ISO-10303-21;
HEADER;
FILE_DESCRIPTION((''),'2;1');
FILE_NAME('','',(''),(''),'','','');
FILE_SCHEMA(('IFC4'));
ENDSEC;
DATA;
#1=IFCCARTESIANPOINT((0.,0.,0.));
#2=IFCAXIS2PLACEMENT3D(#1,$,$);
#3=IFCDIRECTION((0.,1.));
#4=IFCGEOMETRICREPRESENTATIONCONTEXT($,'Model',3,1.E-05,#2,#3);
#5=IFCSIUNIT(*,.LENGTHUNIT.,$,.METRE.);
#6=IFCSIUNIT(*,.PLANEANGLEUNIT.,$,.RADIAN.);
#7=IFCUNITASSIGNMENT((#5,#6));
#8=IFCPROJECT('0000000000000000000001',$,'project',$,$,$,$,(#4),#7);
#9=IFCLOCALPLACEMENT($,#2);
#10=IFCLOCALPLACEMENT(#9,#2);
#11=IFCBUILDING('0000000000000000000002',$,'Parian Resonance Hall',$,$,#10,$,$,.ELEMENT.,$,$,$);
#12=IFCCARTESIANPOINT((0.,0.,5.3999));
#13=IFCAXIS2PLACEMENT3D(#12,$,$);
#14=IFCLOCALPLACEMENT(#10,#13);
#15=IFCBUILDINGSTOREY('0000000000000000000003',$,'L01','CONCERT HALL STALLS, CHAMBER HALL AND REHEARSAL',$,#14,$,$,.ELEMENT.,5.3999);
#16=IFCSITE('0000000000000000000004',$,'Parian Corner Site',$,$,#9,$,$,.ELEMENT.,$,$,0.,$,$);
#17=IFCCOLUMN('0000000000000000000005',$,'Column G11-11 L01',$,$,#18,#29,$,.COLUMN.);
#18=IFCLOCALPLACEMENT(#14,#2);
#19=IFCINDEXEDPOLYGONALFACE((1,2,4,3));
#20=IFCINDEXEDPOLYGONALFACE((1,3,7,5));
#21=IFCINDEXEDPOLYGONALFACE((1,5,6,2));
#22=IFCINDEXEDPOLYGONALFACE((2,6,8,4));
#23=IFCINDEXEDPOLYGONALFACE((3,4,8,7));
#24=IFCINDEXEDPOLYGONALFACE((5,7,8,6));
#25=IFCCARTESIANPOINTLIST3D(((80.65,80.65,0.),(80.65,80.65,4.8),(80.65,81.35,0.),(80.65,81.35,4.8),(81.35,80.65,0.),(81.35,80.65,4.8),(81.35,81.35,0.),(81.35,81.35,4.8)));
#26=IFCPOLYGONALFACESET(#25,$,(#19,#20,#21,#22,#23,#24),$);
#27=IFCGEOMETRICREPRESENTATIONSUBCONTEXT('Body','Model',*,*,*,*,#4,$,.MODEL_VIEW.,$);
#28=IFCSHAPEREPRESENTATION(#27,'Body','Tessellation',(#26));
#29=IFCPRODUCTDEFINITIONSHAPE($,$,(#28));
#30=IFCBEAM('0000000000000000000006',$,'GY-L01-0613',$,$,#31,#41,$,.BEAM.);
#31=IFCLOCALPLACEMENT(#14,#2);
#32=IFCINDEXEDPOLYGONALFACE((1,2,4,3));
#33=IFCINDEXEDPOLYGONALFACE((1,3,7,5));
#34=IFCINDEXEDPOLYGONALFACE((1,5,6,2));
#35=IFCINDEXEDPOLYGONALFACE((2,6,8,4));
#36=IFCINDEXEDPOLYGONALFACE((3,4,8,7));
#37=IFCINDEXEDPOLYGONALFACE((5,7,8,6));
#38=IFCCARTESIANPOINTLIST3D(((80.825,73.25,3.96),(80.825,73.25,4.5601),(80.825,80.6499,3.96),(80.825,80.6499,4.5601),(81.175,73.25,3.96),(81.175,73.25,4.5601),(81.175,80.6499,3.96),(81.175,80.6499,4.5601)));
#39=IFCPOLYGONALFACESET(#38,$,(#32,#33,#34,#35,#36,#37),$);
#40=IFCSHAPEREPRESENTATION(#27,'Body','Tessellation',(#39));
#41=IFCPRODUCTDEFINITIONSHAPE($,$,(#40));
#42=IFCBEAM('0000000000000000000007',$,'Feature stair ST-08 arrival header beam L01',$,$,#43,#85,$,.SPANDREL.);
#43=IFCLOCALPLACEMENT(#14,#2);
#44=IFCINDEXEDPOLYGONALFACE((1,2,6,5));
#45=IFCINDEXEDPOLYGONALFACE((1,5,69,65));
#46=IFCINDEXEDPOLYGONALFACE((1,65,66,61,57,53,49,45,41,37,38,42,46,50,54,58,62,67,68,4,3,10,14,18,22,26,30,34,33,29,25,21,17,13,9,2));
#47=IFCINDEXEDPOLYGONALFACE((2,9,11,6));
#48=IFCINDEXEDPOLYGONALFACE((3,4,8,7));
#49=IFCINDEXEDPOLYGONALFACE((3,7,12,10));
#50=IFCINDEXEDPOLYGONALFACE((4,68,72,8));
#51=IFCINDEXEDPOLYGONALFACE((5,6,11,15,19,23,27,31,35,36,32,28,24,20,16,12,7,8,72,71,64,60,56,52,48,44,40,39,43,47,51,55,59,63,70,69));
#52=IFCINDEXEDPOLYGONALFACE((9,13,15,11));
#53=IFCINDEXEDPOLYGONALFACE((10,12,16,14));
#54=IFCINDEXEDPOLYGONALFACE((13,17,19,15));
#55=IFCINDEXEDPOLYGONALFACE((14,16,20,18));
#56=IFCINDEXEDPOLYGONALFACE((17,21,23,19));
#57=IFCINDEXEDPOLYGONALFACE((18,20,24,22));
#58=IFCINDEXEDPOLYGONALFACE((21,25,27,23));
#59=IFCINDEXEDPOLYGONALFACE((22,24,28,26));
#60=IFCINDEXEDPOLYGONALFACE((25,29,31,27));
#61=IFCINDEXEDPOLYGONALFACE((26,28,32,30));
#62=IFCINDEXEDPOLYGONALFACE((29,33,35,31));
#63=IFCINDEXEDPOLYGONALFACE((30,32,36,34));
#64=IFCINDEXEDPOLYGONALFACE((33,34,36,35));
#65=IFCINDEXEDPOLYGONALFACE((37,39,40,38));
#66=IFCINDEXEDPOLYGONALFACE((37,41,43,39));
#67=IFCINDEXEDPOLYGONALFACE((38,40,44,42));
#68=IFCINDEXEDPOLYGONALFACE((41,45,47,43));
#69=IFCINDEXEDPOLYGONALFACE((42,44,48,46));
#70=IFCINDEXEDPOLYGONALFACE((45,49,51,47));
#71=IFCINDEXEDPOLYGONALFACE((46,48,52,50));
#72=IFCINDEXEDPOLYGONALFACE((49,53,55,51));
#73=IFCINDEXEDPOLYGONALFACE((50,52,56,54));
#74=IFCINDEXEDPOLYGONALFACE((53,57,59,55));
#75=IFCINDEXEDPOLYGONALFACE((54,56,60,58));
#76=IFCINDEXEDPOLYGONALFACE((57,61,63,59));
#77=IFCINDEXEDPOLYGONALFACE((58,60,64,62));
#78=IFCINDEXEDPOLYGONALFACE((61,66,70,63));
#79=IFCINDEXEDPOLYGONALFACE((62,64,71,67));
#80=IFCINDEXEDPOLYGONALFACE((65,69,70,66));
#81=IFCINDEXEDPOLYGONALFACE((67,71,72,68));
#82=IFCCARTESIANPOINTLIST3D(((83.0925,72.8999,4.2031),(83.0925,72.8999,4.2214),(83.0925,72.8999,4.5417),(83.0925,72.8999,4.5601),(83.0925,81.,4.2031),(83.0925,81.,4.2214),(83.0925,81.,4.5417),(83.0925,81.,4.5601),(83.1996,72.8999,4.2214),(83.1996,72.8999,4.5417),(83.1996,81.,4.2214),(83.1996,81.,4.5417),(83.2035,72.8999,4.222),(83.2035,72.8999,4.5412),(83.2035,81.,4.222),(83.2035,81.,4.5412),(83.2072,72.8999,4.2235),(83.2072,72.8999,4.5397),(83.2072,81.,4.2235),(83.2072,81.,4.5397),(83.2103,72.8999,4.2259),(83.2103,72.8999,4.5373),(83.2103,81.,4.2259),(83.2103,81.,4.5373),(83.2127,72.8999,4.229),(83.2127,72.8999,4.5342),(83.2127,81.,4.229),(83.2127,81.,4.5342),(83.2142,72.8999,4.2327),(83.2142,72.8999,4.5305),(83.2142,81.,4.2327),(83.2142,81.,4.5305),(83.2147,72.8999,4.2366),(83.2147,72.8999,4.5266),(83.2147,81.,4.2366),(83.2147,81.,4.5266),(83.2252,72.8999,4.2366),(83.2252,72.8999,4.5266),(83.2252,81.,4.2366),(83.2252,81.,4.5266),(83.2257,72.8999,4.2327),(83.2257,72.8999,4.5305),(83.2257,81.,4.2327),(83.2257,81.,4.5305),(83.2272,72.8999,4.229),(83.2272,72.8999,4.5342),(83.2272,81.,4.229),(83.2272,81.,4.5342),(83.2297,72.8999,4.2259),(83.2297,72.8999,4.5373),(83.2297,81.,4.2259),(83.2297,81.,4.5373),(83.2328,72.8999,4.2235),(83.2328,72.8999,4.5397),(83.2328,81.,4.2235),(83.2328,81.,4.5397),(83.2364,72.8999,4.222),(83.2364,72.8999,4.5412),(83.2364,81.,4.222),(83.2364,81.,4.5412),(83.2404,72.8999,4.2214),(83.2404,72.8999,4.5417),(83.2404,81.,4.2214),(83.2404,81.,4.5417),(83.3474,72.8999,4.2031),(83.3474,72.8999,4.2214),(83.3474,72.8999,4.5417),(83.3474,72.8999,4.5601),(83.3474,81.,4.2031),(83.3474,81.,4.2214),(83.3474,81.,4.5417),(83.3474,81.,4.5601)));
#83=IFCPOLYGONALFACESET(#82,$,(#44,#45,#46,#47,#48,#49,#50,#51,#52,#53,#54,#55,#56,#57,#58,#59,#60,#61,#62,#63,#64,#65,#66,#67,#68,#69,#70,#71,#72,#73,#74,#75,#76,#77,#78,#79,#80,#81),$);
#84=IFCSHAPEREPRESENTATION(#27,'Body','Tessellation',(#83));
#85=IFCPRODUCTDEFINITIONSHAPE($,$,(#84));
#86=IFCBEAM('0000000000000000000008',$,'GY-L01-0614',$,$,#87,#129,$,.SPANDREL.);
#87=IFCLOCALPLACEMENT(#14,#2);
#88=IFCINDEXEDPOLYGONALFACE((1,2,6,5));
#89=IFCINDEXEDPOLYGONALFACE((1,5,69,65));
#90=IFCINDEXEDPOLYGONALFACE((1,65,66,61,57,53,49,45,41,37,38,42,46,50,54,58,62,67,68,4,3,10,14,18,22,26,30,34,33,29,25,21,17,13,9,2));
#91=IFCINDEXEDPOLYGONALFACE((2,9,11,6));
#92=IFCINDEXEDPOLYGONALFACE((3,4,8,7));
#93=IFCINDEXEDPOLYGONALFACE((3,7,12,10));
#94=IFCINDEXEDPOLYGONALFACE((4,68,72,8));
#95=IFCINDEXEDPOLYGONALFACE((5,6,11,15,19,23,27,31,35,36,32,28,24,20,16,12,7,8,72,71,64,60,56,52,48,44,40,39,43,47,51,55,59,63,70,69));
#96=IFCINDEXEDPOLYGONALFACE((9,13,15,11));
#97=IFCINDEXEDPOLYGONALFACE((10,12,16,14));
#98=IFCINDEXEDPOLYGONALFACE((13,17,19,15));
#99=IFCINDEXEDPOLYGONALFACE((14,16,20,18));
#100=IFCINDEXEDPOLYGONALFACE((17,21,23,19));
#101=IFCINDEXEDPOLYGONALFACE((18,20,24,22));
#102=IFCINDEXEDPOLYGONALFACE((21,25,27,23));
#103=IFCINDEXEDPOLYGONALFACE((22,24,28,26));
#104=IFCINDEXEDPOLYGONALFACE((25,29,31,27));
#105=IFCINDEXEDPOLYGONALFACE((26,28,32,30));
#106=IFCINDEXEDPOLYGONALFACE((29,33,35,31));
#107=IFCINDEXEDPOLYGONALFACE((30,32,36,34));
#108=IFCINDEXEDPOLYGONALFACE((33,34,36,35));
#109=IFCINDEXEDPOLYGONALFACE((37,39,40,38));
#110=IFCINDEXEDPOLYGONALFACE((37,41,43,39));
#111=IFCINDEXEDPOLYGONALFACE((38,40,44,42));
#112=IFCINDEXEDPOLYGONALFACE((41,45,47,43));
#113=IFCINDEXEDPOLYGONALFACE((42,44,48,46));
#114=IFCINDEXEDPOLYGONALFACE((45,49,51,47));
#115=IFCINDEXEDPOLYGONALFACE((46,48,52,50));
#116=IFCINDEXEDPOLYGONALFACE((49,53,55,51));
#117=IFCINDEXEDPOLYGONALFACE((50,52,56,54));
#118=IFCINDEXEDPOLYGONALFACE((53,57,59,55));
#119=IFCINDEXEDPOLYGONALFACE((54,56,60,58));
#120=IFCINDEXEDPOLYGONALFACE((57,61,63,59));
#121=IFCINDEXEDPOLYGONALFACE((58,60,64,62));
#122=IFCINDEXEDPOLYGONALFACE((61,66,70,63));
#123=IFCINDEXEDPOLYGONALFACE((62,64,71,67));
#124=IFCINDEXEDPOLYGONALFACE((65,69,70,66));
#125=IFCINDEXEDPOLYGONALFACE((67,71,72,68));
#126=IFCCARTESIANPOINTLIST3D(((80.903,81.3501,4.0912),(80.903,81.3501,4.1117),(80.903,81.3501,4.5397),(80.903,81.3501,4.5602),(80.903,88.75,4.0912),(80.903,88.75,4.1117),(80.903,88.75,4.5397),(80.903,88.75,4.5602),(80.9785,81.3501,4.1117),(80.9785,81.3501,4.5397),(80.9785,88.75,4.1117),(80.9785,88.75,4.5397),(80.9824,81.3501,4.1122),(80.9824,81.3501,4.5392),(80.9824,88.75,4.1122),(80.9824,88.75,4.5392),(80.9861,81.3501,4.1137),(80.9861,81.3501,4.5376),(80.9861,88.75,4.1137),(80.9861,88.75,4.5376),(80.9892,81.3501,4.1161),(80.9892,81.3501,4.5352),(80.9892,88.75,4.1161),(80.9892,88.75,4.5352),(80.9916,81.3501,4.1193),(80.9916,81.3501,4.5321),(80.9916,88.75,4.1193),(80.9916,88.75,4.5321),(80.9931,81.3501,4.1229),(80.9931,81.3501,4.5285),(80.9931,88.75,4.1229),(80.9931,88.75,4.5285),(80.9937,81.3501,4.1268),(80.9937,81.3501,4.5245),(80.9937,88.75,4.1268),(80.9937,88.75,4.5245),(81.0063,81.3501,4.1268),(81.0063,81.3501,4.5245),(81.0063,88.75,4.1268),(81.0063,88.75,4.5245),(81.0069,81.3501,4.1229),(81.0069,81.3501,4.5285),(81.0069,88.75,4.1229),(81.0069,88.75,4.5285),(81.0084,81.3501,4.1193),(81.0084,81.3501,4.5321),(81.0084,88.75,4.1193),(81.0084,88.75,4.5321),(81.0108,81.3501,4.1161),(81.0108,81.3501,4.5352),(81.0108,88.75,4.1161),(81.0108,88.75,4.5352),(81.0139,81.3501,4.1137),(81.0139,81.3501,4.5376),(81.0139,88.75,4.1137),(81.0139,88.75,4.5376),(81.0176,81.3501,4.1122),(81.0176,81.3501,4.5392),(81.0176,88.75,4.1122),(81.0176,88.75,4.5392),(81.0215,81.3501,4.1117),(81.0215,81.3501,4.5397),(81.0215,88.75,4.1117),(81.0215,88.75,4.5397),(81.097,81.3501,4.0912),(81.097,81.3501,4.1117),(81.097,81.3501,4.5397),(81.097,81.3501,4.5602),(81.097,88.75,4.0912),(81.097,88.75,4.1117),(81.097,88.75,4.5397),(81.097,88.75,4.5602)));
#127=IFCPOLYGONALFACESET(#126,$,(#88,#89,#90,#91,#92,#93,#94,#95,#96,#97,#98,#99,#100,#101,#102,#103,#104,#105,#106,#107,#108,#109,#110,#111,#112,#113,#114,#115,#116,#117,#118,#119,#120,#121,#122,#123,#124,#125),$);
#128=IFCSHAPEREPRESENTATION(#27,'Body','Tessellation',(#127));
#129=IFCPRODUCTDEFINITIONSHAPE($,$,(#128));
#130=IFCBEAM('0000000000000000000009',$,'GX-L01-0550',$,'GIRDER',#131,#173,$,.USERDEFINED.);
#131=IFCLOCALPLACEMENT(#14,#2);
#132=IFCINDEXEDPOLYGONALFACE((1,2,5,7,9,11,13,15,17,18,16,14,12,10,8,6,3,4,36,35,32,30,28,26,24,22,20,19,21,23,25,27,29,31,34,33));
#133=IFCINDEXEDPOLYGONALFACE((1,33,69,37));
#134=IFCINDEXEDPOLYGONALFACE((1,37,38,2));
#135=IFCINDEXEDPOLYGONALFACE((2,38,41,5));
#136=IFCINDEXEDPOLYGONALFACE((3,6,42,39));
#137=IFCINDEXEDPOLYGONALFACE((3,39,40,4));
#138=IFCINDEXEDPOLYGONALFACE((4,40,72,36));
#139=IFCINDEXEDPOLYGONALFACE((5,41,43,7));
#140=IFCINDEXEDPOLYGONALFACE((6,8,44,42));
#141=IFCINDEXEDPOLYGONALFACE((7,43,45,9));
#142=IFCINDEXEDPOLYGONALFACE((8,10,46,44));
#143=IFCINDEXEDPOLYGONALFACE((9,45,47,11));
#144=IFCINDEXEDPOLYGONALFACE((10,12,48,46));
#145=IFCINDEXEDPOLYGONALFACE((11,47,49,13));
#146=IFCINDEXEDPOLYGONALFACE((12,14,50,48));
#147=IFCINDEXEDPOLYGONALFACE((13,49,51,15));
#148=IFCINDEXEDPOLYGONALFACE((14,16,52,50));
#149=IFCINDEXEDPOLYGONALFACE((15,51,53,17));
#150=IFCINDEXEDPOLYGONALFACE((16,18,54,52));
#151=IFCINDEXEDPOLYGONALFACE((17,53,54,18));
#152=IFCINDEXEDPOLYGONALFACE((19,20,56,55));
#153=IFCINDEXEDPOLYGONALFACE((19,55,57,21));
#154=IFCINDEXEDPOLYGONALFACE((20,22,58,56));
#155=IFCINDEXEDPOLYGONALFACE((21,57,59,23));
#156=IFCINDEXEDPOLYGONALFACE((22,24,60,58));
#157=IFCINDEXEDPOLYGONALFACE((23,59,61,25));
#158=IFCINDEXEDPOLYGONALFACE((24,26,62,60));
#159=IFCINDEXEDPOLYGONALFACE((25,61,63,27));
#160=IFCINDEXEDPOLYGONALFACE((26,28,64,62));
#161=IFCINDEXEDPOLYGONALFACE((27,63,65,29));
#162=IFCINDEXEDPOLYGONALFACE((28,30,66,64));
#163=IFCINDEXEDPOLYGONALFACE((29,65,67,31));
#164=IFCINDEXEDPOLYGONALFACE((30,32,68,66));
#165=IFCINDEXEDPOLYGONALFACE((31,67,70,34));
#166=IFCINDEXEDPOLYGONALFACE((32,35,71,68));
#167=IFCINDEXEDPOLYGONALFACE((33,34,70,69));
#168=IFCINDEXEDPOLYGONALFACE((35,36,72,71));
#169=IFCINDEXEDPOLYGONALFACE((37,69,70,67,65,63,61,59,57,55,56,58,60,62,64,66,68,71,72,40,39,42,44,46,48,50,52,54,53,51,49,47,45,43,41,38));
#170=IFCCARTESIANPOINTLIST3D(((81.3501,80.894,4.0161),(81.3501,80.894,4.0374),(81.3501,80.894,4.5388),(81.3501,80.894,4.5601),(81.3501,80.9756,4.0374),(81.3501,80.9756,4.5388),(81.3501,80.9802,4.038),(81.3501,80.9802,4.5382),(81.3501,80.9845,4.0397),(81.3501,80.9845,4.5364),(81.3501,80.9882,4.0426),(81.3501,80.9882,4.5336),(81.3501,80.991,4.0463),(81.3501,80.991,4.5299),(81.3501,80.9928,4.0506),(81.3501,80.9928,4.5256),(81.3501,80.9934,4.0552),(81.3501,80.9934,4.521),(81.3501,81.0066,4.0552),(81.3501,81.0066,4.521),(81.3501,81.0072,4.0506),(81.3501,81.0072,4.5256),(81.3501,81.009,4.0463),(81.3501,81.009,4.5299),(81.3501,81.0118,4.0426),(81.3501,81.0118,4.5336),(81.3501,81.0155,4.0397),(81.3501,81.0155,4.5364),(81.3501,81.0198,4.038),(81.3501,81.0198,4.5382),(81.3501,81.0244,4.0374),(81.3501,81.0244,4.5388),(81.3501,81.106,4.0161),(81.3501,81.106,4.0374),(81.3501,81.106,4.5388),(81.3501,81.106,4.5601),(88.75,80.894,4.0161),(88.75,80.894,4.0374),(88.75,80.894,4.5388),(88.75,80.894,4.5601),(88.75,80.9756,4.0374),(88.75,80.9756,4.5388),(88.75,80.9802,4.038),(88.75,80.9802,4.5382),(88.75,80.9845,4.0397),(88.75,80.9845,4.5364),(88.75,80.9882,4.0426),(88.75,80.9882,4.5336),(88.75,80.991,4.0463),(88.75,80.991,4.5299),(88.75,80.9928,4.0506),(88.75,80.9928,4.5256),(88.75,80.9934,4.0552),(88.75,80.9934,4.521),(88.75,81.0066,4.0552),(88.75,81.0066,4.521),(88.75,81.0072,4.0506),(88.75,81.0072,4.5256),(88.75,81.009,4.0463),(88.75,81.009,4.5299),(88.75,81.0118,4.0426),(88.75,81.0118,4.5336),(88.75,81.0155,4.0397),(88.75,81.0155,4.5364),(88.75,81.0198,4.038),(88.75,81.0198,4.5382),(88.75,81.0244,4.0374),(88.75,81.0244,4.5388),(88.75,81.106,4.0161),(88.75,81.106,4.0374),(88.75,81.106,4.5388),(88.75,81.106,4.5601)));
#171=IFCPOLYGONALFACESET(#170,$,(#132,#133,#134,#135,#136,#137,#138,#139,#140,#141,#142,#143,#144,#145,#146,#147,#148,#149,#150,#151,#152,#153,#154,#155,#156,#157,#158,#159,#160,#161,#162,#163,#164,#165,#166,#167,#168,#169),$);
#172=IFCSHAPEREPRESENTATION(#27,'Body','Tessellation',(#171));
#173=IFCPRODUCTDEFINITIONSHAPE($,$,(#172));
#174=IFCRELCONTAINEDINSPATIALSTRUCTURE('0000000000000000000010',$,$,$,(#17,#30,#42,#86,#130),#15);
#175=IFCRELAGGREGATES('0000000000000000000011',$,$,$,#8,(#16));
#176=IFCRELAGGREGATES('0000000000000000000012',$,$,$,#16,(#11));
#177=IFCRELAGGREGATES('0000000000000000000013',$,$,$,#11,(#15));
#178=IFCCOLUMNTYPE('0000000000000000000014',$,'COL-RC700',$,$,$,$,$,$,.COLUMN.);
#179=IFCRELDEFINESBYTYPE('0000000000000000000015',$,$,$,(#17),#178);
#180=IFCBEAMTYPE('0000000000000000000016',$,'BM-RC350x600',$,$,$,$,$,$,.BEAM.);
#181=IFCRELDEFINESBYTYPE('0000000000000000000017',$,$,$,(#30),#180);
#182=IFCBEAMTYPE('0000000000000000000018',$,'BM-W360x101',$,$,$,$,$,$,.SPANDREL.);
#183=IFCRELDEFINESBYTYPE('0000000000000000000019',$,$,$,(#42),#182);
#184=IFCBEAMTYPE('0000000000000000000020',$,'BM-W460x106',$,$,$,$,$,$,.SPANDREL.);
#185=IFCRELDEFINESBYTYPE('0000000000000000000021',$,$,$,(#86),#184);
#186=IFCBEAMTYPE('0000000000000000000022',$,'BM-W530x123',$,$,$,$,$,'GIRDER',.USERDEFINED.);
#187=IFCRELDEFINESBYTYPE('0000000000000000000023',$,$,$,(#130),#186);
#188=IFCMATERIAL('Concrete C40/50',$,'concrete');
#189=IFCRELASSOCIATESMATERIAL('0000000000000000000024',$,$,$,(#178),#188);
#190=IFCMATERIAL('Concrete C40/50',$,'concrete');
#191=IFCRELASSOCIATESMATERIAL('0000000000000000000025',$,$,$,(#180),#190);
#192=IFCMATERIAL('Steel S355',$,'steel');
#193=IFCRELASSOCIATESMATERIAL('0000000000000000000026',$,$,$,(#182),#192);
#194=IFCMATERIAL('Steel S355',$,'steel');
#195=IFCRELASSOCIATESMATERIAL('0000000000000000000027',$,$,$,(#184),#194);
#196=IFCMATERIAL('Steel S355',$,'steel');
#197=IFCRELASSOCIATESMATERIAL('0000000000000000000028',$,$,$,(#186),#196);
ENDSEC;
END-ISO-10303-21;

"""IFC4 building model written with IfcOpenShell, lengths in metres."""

from ifc_helpers import new_model, si_unit, direction, frame, origin, origin_2d, place, context, subcontext, project, spatial, rectangle, i_section, extrude, material, material_profile, profile_set, type_object, element, save


model = new_model("IFC4")

# Units and contexts
model_context = context("Model", 3, precision=1e-05, world=origin(), true_north=direction((0.0, 1.0)))
body_context = subcontext(model_context, "Body", "Model", "MODEL_VIEW")
ifc_project = project(units=[si_unit("LENGTHUNIT", "METRE"), si_unit("PLANEANGLEUNIT", "RADIAN")], contexts=[model_context])

# Site, building, storey
site_placement = place(None, origin())
site = spatial("IfcSite", under=ifc_project, at=site_placement, Name="Parian Corner Site", CompositionType="ELEMENT", RefElevation=0.0)
building_placement = place(site_placement, origin())
building = spatial("IfcBuilding", under=site, at=building_placement, Name="Parian Resonance Hall", CompositionType="ELEMENT")
storey_placement = place(building_placement, frame((0.0, 0.0, 5.3999)))
storey = spatial("IfcBuildingStorey", under=building, at=storey_placement, Name="L01", Description="CONCERT HALL STALLS, CHAMBER HALL AND REHEARSAL", CompositionType="ELEMENT", Elevation=5.3999)

# Column
ifc_material_1 = material(Name="Concrete C40/50", Category="concrete")
ifc_material_profile_1 = material_profile(ifc_material_1, rectangle(XDim=0.7, YDim=0.7, at=origin_2d()), Name="RC-COL-700x700")
ifc_profile_set_1 = profile_set([ifc_material_profile_1], Name="Concrete C40/50")
column_type = type_object("IfcColumnType", Name="COL-RC700", PredefinedType="COLUMN", material=ifc_profile_set_1)
column_placement = place(storey_placement, frame((81.0, 81.0, 0.0), z_axis=(0.0, 0.0, 1.0), x_axis=(1.0, 0.0, 0.0)))
element("IfcColumn", 1, at=column_placement, inside=storey, type_object=column_type, Name="Column G11-11 L01", PredefinedType="COLUMN", context=body_context, shape_type="SweptSolid", body=[
    extrude(rectangle(XDim=0.7, YDim=0.7, at=origin_2d()), origin(), (0.0, 0.0, 1.0), 4.8),
])

# Beams
ifc_material_2 = material(Name="Concrete C40/50", Category="concrete")
ifc_material_profile_2 = material_profile(ifc_material_2, rectangle(XDim=0.3501, YDim=0.6001, at=origin_2d()), Name="RC-BM-350x600")
ifc_profile_set_2 = profile_set([ifc_material_profile_2], Name="Concrete C40/50")
beam_type_1 = type_object("IfcBeamType", Name="BM-RC350x600", PredefinedType="BEAM", material=ifc_profile_set_2)
beam_1_placement = place(storey_placement, frame((81.0, 73.25, 4.26), z_axis=(0.0, 1.0, 0.0), x_axis=(-1.0, 0.0, 0.0)))
element("IfcBeam", 2, at=beam_1_placement, inside=storey, type_object=beam_type_1, Name="GY-L01-0613", PredefinedType="BEAM", context=body_context, shape_type="SweptSolid", body=[
    extrude(rectangle(XDim=0.3501, YDim=0.6001, at=origin_2d()), origin(), (0.0, 0.0, 1.0), 7.3999),
])
ifc_material_3 = material(Name="Steel S355", Category="steel")
ifc_material_profile_3 = material_profile(ifc_material_3, i_section(OverallWidth=0.2549, OverallDepth=0.3569, WebThickness=0.0105, FlangeThickness=0.0183, FilletRadius=0.0151, at=origin_2d()), Name="W360x101")
ifc_profile_set_3 = profile_set([ifc_material_profile_3], Name="Steel S355")
beam_type_2 = type_object("IfcBeamType", Name="BM-W360x101", PredefinedType="SPANDREL", material=ifc_profile_set_3)
beam_2_placement = place(storey_placement, frame((83.22, 72.8999, 4.3816), z_axis=(0.0, 1.0, 0.0), x_axis=(-1.0, 0.0, 0.0)))
element("IfcBeam", 3, at=beam_2_placement, inside=storey, type_object=beam_type_2, Name="Feature stair ST-08 arrival header beam L01", PredefinedType="SPANDREL", context=body_context, shape_type="SweptSolid", body=[
    extrude(i_section(OverallWidth=0.2549, OverallDepth=0.3569, WebThickness=0.0105, FlangeThickness=0.0183, FilletRadius=0.0151, at=origin_2d()), origin(), (0.0, 0.0, 1.0), 8.1001),
])
ifc_material_4 = material(Name="Steel S355", Category="steel")
ifc_material_profile_4 = material_profile(ifc_material_4, i_section(OverallWidth=0.1941, OverallDepth=0.469, WebThickness=0.0127, FlangeThickness=0.0205, FilletRadius=0.0151, at=origin_2d()), Name="W460x106")
ifc_profile_set_4 = profile_set([ifc_material_profile_4], Name="Steel S355")
beam_type_3 = type_object("IfcBeamType", Name="BM-W460x106", PredefinedType="SPANDREL", material=ifc_profile_set_4)
beam_3_placement = place(storey_placement, frame((81.0, 81.3501, 4.3257), z_axis=(0.0, 1.0, 0.0), x_axis=(-1.0, 0.0, 0.0)))
element("IfcBeam", 4, at=beam_3_placement, inside=storey, type_object=beam_type_3, Name="GY-L01-0614", PredefinedType="SPANDREL", context=body_context, shape_type="SweptSolid", body=[
    extrude(i_section(OverallWidth=0.1941, OverallDepth=0.469, WebThickness=0.0127, FlangeThickness=0.0205, FilletRadius=0.0151, at=origin_2d()), origin(), (0.0, 0.0, 1.0), 7.3999),
])
ifc_material_5 = material(Name="Steel S355", Category="steel")
ifc_material_profile_5 = material_profile(ifc_material_5, i_section(OverallWidth=0.2119, OverallDepth=0.5439, WebThickness=0.0132, FlangeThickness=0.0212, FilletRadius=0.0178, at=origin_2d()), Name="W530x123")
ifc_profile_set_5 = profile_set([ifc_material_profile_5], Name="Steel S355")
beam_type_4 = type_object("IfcBeamType", Name="BM-W530x123", ElementType="GIRDER", PredefinedType="USERDEFINED", material=ifc_profile_set_5)
beam_4_placement = place(storey_placement, frame((81.3501, 81.0, 4.2881), z_axis=(1.0, 0.0, 0.0), x_axis=(0.0, 1.0, 0.0)))
element("IfcBeam", 5, at=beam_4_placement, inside=storey, type_object=beam_type_4, Name="GX-L01-0550", ObjectType="GIRDER", PredefinedType="USERDEFINED", context=body_context, shape_type="SweptSolid", body=[
    extrude(i_section(OverallWidth=0.2119, OverallDepth=0.5439, WebThickness=0.0132, FlangeThickness=0.0212, FilletRadius=0.0178, at=origin_2d()), origin(), (0.0, 0.0, 1.0), 7.3999),
])

save(model, "model.ifc")
